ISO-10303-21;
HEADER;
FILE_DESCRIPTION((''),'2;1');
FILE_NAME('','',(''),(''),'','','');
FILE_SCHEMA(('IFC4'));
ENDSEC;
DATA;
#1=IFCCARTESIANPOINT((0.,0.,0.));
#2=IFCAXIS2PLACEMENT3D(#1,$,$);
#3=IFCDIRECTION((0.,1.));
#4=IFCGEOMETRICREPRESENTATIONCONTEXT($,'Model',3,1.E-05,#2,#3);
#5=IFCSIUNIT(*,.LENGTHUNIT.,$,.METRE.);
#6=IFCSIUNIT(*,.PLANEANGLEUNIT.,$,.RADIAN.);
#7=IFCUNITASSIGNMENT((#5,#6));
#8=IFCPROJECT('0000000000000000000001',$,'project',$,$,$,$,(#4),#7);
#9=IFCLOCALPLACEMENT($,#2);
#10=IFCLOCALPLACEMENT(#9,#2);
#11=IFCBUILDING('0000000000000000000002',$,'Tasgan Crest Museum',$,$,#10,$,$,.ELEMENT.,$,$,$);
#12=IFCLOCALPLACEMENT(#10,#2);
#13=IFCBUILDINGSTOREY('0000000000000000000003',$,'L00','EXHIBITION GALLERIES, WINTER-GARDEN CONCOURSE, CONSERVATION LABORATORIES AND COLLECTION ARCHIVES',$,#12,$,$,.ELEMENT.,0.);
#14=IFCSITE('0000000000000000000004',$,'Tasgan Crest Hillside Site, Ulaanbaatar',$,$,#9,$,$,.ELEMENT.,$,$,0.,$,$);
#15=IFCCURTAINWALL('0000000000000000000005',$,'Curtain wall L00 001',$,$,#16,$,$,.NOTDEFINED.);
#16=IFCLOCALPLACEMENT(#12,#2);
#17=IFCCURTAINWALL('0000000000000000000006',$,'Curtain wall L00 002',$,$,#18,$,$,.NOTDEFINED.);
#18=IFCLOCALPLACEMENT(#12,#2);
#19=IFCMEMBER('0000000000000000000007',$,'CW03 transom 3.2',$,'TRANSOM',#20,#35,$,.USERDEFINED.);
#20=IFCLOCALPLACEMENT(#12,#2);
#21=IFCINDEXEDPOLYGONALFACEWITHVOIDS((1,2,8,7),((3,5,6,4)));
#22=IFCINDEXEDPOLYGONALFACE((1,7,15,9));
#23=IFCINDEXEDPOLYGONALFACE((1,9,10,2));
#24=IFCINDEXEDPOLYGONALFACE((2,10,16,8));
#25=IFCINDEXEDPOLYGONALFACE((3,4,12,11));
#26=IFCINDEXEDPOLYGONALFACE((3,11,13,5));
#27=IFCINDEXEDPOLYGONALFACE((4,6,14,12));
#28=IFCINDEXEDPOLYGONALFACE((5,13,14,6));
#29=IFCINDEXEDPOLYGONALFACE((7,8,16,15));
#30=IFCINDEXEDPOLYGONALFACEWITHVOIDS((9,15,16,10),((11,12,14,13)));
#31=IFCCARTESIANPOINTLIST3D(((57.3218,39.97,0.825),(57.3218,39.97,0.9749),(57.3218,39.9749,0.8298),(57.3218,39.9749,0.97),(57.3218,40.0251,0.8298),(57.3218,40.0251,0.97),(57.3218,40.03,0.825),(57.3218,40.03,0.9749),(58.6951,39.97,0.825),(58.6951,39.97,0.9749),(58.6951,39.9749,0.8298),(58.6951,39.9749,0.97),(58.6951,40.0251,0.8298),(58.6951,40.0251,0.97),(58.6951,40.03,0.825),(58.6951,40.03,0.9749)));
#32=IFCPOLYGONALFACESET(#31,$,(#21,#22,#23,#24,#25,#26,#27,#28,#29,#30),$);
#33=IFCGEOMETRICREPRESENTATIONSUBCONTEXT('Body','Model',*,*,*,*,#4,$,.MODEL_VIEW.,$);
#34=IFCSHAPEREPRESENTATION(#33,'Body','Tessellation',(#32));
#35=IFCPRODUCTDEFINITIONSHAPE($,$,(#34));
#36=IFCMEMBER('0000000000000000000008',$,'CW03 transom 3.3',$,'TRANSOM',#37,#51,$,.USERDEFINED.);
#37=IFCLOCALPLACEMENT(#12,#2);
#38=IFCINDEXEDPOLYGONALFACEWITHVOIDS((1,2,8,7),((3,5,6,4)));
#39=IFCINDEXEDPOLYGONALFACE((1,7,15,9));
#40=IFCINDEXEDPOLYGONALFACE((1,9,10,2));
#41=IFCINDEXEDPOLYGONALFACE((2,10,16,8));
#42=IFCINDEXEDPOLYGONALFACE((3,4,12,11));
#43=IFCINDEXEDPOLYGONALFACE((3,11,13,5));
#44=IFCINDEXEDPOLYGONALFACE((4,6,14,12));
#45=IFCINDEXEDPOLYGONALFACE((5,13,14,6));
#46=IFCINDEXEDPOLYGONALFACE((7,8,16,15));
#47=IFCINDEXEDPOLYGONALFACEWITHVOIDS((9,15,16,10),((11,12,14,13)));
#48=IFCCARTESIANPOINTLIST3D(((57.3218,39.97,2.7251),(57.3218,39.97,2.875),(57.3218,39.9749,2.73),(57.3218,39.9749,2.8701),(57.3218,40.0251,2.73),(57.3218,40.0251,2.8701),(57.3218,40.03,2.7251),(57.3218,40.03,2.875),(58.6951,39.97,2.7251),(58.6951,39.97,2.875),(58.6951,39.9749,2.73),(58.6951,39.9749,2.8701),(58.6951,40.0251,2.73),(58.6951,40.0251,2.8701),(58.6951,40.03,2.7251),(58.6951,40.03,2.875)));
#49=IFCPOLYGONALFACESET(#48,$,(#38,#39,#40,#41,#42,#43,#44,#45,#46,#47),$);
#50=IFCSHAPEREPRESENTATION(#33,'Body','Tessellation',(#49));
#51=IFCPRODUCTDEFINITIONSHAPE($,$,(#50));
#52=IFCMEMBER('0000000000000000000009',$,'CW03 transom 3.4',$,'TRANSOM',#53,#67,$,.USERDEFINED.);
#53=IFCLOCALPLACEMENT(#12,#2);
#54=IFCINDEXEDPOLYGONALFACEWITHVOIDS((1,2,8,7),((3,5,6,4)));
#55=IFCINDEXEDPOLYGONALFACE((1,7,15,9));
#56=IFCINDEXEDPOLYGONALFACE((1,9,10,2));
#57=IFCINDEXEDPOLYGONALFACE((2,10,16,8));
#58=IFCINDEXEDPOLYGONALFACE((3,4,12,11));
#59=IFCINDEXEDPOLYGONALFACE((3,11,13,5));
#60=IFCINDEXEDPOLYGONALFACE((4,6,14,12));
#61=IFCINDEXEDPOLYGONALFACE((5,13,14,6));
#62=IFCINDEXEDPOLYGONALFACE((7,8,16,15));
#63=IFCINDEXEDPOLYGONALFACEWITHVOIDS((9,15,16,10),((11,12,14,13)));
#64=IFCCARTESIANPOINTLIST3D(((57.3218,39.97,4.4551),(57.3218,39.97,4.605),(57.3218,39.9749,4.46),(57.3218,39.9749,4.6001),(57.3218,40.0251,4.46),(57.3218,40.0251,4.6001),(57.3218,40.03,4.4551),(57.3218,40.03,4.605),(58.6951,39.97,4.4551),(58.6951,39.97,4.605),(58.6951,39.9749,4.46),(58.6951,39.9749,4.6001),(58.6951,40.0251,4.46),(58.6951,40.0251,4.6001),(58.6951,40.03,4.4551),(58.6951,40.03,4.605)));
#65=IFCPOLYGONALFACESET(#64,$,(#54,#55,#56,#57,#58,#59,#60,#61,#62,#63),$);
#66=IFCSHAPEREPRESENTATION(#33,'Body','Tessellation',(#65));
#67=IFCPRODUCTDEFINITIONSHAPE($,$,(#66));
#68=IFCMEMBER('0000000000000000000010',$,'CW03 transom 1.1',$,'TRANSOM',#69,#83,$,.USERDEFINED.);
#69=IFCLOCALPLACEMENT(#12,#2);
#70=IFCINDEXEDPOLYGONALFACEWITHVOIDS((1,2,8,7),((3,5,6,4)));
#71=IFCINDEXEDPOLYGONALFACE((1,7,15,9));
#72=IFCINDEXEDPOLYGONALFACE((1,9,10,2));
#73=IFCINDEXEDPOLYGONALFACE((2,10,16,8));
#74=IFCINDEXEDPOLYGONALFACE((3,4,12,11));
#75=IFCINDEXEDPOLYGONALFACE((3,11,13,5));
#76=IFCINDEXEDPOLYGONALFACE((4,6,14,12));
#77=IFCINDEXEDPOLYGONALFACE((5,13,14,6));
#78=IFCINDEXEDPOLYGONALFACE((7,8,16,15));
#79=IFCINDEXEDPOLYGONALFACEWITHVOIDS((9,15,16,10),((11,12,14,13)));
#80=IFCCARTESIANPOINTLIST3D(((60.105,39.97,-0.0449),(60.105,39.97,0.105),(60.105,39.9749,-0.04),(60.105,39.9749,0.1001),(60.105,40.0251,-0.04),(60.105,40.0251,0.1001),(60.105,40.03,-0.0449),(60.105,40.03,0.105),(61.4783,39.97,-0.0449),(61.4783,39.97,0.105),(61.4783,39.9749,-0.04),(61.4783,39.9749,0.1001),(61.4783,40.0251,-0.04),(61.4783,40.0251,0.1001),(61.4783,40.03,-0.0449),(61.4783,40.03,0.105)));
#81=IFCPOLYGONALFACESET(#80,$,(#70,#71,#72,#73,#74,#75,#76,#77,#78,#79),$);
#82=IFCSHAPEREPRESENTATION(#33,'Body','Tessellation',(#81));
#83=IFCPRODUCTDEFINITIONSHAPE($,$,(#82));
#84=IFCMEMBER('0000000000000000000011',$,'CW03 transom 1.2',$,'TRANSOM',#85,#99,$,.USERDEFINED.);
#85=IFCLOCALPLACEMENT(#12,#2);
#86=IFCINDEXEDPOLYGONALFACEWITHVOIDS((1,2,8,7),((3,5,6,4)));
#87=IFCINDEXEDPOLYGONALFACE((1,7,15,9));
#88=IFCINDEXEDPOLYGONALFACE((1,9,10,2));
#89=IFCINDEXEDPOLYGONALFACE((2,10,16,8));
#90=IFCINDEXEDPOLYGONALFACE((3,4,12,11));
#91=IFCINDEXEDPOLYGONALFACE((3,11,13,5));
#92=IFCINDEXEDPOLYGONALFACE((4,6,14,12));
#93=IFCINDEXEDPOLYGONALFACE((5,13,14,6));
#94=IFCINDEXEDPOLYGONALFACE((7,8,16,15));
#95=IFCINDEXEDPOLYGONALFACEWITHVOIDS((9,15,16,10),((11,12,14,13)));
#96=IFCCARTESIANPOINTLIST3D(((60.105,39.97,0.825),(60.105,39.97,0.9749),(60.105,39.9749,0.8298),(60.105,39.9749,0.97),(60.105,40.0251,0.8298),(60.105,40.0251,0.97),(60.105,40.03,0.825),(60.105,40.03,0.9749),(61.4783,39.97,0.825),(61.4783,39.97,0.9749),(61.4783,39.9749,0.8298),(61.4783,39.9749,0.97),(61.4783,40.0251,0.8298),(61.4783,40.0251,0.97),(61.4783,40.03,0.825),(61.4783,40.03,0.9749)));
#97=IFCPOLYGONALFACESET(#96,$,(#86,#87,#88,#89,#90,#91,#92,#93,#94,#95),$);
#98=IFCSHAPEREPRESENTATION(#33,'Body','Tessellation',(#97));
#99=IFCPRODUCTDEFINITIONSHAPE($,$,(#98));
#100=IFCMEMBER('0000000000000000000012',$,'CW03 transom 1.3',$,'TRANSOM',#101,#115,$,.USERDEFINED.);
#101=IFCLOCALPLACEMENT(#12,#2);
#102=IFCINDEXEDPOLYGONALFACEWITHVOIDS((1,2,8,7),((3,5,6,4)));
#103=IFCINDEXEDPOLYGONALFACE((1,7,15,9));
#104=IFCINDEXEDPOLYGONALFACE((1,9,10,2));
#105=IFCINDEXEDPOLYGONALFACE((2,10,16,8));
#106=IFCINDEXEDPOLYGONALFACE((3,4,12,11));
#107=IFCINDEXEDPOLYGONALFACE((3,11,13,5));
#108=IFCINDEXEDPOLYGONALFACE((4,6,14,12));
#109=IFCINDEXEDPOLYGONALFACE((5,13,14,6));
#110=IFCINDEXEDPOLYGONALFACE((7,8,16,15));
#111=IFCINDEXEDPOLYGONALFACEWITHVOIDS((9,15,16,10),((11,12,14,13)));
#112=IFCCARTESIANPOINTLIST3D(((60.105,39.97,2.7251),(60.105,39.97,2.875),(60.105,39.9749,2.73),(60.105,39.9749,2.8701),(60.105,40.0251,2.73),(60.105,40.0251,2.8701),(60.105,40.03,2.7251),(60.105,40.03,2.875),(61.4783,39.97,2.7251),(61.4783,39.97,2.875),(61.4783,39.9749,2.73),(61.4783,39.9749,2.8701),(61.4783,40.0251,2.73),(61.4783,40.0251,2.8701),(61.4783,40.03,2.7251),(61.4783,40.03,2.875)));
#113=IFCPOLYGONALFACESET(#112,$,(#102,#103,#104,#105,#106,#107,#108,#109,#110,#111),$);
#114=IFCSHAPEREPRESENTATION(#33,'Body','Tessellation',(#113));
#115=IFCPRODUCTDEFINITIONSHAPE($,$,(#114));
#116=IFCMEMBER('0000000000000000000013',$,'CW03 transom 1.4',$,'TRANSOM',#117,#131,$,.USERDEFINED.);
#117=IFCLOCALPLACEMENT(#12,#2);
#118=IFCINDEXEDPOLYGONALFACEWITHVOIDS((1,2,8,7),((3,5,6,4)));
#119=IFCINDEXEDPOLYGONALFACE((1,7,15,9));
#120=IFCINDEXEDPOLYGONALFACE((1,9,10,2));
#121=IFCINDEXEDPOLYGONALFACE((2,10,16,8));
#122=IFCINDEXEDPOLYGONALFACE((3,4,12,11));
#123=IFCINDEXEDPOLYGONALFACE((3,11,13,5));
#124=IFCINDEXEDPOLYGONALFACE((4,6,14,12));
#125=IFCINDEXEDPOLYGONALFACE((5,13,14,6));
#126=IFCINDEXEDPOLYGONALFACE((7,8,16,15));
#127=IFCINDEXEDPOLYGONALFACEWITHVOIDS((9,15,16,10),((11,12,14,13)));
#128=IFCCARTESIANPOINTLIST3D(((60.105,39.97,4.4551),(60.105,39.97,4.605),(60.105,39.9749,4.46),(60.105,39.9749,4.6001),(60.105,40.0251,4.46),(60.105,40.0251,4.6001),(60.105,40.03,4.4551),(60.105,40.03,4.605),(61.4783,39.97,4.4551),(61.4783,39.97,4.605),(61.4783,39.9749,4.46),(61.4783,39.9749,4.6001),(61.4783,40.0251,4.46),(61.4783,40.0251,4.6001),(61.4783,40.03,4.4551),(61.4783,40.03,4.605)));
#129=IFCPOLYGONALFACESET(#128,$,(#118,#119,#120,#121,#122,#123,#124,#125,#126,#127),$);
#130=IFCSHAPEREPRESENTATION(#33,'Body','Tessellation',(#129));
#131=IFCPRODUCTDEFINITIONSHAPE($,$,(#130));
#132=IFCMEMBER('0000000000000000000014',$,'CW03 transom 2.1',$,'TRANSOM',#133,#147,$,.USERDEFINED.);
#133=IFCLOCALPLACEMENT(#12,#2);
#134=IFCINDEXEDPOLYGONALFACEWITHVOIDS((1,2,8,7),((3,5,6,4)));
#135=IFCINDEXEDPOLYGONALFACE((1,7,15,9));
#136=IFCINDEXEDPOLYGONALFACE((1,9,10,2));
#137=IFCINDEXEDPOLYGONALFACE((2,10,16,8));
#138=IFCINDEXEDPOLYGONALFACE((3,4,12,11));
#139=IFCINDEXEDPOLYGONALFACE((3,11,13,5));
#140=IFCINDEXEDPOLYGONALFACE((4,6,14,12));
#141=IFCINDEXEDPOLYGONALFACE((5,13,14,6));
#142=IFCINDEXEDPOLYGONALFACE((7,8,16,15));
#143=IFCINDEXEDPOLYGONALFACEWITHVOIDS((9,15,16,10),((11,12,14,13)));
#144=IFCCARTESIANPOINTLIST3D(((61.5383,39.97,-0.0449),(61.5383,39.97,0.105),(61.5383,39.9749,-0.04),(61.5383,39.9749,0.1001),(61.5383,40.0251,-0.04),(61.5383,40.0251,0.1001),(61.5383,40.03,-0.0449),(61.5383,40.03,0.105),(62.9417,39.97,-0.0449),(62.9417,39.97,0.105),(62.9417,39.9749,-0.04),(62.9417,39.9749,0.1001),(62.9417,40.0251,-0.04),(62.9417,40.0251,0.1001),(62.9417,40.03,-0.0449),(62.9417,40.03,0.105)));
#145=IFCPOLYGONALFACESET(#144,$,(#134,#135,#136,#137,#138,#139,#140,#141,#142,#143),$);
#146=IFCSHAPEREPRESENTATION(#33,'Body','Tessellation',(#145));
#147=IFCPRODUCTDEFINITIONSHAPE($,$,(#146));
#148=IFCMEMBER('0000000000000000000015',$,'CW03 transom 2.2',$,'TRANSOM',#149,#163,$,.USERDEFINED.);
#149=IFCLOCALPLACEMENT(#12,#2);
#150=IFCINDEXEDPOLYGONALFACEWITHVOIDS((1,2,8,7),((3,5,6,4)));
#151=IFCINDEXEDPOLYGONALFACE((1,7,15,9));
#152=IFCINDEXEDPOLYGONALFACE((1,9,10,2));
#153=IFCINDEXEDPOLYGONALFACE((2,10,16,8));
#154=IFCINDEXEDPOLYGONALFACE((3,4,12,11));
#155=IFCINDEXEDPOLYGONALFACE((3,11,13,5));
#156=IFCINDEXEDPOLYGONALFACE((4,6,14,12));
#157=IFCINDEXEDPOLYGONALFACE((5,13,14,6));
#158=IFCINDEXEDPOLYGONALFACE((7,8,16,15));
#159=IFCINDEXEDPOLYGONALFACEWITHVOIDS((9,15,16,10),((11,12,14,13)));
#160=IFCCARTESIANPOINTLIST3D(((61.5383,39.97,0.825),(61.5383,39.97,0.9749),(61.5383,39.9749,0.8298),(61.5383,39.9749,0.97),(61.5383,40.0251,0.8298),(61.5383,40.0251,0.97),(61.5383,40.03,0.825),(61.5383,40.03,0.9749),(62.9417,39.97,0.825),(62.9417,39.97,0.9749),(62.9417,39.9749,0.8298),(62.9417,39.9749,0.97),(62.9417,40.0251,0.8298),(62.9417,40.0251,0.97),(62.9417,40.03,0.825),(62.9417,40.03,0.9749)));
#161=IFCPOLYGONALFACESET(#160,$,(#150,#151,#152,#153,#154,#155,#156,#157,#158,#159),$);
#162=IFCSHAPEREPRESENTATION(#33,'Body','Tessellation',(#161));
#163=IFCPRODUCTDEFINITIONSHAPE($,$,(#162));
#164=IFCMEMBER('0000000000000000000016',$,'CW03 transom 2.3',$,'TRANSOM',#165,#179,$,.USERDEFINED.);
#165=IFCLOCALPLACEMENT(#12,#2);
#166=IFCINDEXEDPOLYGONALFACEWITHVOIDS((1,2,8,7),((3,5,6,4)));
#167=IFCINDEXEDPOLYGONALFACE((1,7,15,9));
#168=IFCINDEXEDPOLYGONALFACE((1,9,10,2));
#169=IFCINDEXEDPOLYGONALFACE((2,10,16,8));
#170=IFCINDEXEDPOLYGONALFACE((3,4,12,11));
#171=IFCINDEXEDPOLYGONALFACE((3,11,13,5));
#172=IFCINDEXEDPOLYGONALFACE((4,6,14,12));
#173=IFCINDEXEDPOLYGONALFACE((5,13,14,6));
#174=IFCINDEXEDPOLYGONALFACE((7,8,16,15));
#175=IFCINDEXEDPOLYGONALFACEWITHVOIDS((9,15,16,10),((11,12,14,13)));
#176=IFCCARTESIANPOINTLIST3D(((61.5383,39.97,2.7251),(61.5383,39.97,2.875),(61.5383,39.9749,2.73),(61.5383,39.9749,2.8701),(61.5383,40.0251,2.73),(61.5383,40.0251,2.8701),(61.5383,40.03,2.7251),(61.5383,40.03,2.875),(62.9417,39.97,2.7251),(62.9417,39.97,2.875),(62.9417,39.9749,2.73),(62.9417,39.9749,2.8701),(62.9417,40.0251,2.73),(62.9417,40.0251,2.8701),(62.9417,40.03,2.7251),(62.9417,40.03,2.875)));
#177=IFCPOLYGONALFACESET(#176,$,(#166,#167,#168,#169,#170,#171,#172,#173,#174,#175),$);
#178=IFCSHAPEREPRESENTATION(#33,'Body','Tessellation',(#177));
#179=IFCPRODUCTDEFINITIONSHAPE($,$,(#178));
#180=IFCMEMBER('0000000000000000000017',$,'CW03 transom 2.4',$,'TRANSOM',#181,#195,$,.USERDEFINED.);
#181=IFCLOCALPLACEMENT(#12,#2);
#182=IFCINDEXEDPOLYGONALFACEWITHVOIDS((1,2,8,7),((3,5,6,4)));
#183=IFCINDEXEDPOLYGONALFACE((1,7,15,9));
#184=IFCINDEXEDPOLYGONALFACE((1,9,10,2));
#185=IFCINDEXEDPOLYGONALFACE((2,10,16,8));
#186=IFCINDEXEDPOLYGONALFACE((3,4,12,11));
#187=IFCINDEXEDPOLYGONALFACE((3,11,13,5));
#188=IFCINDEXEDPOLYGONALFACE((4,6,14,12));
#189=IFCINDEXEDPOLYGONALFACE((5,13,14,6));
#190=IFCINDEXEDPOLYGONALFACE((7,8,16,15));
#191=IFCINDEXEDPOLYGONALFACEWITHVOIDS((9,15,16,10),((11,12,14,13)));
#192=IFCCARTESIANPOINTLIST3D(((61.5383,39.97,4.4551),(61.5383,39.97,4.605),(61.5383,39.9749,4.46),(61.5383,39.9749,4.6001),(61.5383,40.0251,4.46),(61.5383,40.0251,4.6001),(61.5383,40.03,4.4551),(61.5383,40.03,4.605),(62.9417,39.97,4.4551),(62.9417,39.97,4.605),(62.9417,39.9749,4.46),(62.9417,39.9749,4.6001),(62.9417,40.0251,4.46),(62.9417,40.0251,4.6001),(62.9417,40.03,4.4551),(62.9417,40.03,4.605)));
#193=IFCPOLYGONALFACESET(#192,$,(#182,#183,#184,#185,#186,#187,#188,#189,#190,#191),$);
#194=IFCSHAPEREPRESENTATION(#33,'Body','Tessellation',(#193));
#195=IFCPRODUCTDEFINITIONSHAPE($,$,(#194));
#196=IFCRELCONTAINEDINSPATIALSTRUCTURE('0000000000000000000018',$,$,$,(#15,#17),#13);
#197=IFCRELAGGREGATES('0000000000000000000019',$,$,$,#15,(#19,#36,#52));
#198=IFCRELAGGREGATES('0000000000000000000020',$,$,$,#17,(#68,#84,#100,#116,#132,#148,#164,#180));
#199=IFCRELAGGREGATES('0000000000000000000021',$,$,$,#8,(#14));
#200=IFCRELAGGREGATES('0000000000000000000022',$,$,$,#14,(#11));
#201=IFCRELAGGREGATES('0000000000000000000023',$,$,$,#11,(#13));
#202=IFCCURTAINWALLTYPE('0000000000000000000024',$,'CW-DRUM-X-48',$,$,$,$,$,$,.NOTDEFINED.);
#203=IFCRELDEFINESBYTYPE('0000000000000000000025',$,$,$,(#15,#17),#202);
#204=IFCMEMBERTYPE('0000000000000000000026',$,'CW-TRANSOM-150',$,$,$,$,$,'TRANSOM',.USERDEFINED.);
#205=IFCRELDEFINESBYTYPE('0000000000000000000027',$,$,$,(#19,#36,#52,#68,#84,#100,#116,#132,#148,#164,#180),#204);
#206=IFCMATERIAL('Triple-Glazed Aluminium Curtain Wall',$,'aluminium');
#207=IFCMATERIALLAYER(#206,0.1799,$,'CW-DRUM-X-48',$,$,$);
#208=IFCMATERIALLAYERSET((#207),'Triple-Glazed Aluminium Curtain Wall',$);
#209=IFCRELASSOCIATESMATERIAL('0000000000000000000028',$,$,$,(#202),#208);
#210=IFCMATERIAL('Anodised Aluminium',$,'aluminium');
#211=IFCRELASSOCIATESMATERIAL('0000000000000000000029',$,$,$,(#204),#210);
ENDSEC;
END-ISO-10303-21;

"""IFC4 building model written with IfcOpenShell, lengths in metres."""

from ifc_helpers import new_model, si_unit, direction, frame, origin, origin_2d, place, context, subcontext, project, spatial, hollow_rectangle, extrude, material, layer, layer_set, material_profile, profile_set, type_object, element, aggregate, save


model = new_model("IFC4")

# Units and contexts
model_context = context("Model", 3, precision=1e-05, world=origin(), true_north=direction((0.0, 1.0)))
body_context = subcontext(model_context, "Body", "Model", "MODEL_VIEW")
ifc_project = project(units=[si_unit("LENGTHUNIT", "METRE"), si_unit("PLANEANGLEUNIT", "RADIAN")], contexts=[model_context])

# Site, building, storey
site_placement = place(None, origin())
site = spatial("IfcSite", under=ifc_project, at=site_placement, Name="Tasgan Crest Hillside Site, Ulaanbaatar", CompositionType="ELEMENT", RefElevation=0.0)
building_placement = place(site_placement, origin())
building = spatial("IfcBuilding", under=site, at=building_placement, Name="Tasgan Crest Museum", CompositionType="ELEMENT")
storey_placement = place(building_placement, origin())
storey = spatial("IfcBuildingStorey", under=building, at=storey_placement, Name="L00", Description="EXHIBITION GALLERIES, WINTER-GARDEN CONCOURSE, CONSERVATION LABORATORIES AND COLLECTION ARCHIVES", CompositionType="ELEMENT", Elevation=0.0)

# Curtain walls
ifc_material_1 = material(Name="Triple-Glazed Aluminium Curtain Wall", Category="aluminium")
ifc_layer_1 = layer(ifc_material_1, 0.1799, Name="CW-DRUM-X-48")
ifc_layer_set_1 = layer_set([ifc_layer_1], Name="Triple-Glazed Aluminium Curtain Wall")
curtain_wall_type = type_object("IfcCurtainWallType", Name="CW-DRUM-X-48", PredefinedType="NOTDEFINED", material=ifc_layer_set_1)
curtain_wall_1_placement = place(storey_placement, origin())
curtain_wall_1 = element("IfcCurtainWall", 1, at=curtain_wall_1_placement, inside=storey, type_object=curtain_wall_type, Name="Curtain wall L00 001", PredefinedType="NOTDEFINED")
curtain_wall_2_placement = place(storey_placement, origin())
curtain_wall_2 = element("IfcCurtainWall", 2, at=curtain_wall_2_placement, inside=storey, type_object=curtain_wall_type, Name="Curtain wall L00 002", PredefinedType="NOTDEFINED")

# Members
ifc_material_2 = material(Name="Anodised Aluminium", Category="aluminium")
ifc_material_profile_1 = material_profile(ifc_material_2, hollow_rectangle(XDim=0.0601, YDim=0.1499, WallThickness=0.0049, at=origin_2d()), Name="ALU TRANSOM 150x60x5")
ifc_profile_set_1 = profile_set([ifc_material_profile_1], Name="Anodised Aluminium")
member_type_1 = type_object("IfcMemberType", Name="CW-TRANSOM-150", ElementType="TRANSOM", PredefinedType="USERDEFINED", material=ifc_profile_set_1)
member_1_placement = place(storey_placement, frame((57.3218, 40.0, 0.8999), z_axis=(1.0, 0.0, 0.0), x_axis=(0.0, 1.0, 0.0)))
member_1 = element("IfcMember", 3, at=member_1_placement, type_object=member_type_1, Name="CW03 transom 3.2", ObjectType="TRANSOM", PredefinedType="USERDEFINED", context=body_context, shape_type="SweptSolid", body=[
    extrude(hollow_rectangle(XDim=0.0601, YDim=0.1499, WallThickness=0.0049, at=origin_2d()), origin(), (0.0, 0.0, 1.0), 1.3733),
])
member_2_placement = place(storey_placement, frame((57.3218, 40.0, 2.8), z_axis=(1.0, 0.0, 0.0), x_axis=(0.0, 1.0, 0.0)))
member_2 = element("IfcMember", 4, at=member_2_placement, type_object=member_type_1, Name="CW03 transom 3.3", ObjectType="TRANSOM", PredefinedType="USERDEFINED", context=body_context, shape_type="SweptSolid", body=[
    extrude(hollow_rectangle(XDim=0.0601, YDim=0.1499, WallThickness=0.0049, at=origin_2d()), origin(), (0.0, 0.0, 1.0), 1.3733),
])
member_3_placement = place(storey_placement, frame((57.3218, 40.0, 4.53), z_axis=(1.0, 0.0, 0.0), x_axis=(0.0, 1.0, 0.0)))
member_3 = element("IfcMember", 5, at=member_3_placement, type_object=member_type_1, Name="CW03 transom 3.4", ObjectType="TRANSOM", PredefinedType="USERDEFINED", context=body_context, shape_type="SweptSolid", body=[
    extrude(hollow_rectangle(XDim=0.0601, YDim=0.1499, WallThickness=0.0049, at=origin_2d()), origin(), (0.0, 0.0, 1.0), 1.3733),
])
member_4_placement = place(storey_placement, frame((60.105, 40.0, 0.03), z_axis=(1.0, 0.0, 0.0), x_axis=(0.0, 1.0, 0.0)))
member_4 = element("IfcMember", 6, at=member_4_placement, type_object=member_type_1, Name="CW03 transom 1.1", ObjectType="TRANSOM", PredefinedType="USERDEFINED", context=body_context, shape_type="SweptSolid", body=[
    extrude(hollow_rectangle(XDim=0.0601, YDim=0.1499, WallThickness=0.0049, at=origin_2d()), origin(), (0.0, 0.0, 1.0), 1.3733),
])
member_5_placement = place(storey_placement, frame((60.105, 40.0, 0.8999), z_axis=(1.0, 0.0, 0.0), x_axis=(0.0, 1.0, 0.0)))
member_5 = element("IfcMember", 7, at=member_5_placement, type_object=member_type_1, Name="CW03 transom 1.2", ObjectType="TRANSOM", PredefinedType="USERDEFINED", context=body_context, shape_type="SweptSolid", body=[
    extrude(hollow_rectangle(XDim=0.0601, YDim=0.1499, WallThickness=0.0049, at=origin_2d()), origin(), (0.0, 0.0, 1.0), 1.3733),
])
member_6_placement = place(storey_placement, frame((60.105, 40.0, 2.8), z_axis=(1.0, 0.0, 0.0), x_axis=(0.0, 1.0, 0.0)))
member_6 = element("IfcMember", 8, at=member_6_placement, type_object=member_type_1, Name="CW03 transom 1.3", ObjectType="TRANSOM", PredefinedType="USERDEFINED", context=body_context, shape_type="SweptSolid", body=[
    extrude(hollow_rectangle(XDim=0.0601, YDim=0.1499, WallThickness=0.0049, at=origin_2d()), origin(), (0.0, 0.0, 1.0), 1.3733),
])
member_7_placement = place(storey_placement, frame((60.105, 40.0, 4.53), z_axis=(1.0, 0.0, 0.0), x_axis=(0.0, 1.0, 0.0)))
member_7 = element("IfcMember", 9, at=member_7_placement, type_object=member_type_1, Name="CW03 transom 1.4", ObjectType="TRANSOM", PredefinedType="USERDEFINED", context=body_context, shape_type="SweptSolid", body=[
    extrude(hollow_rectangle(XDim=0.0601, YDim=0.1499, WallThickness=0.0049, at=origin_2d()), origin(), (0.0, 0.0, 1.0), 1.3733),
])
member_8_placement = place(storey_placement, frame((61.5383, 40.0, 0.03), z_axis=(1.0, 0.0, 0.0), x_axis=(0.0, 1.0, 0.0)))
member_8 = element("IfcMember", 10, at=member_8_placement, type_object=member_type_1, Name="CW03 transom 2.1", ObjectType="TRANSOM", PredefinedType="USERDEFINED", context=body_context, shape_type="SweptSolid", body=[
    extrude(hollow_rectangle(XDim=0.0601, YDim=0.1499, WallThickness=0.0049, at=origin_2d()), origin(), (0.0, 0.0, 1.0), 1.4033),
])
member_9_placement = place(storey_placement, frame((61.5383, 40.0, 0.8999), z_axis=(1.0, 0.0, 0.0), x_axis=(0.0, 1.0, 0.0)))
member_9 = element("IfcMember", 11, at=member_9_placement, type_object=member_type_1, Name="CW03 transom 2.2", ObjectType="TRANSOM", PredefinedType="USERDEFINED", context=body_context, shape_type="SweptSolid", body=[
    extrude(hollow_rectangle(XDim=0.0601, YDim=0.1499, WallThickness=0.0049, at=origin_2d()), origin(), (0.0, 0.0, 1.0), 1.4033),
])
member_10_placement = place(storey_placement, frame((61.5383, 40.0, 2.8), z_axis=(1.0, 0.0, 0.0), x_axis=(0.0, 1.0, 0.0)))
member_10 = element("IfcMember", 12, at=member_10_placement, type_object=member_type_1, Name="CW03 transom 2.3", ObjectType="TRANSOM", PredefinedType="USERDEFINED", context=body_context, shape_type="SweptSolid", body=[
    extrude(hollow_rectangle(XDim=0.0601, YDim=0.1499, WallThickness=0.0049, at=origin_2d()), origin(), (0.0, 0.0, 1.0), 1.4033),
])
member_11_placement = place(storey_placement, frame((61.5383, 40.0, 4.53), z_axis=(1.0, 0.0, 0.0), x_axis=(0.0, 1.0, 0.0)))
member_11 = element("IfcMember", 13, at=member_11_placement, type_object=member_type_1, Name="CW03 transom 2.4", ObjectType="TRANSOM", PredefinedType="USERDEFINED", context=body_context, shape_type="SweptSolid", body=[
    extrude(hollow_rectangle(XDim=0.0601, YDim=0.1499, WallThickness=0.0049, at=origin_2d()), origin(), (0.0, 0.0, 1.0), 1.4033),
])

aggregate(curtain_wall_1, [member_1, member_2, member_3])
aggregate(curtain_wall_2, [member_4, member_5, member_6, member_7, member_8, member_9, member_10, member_11])

save(model, "model.ifc")
